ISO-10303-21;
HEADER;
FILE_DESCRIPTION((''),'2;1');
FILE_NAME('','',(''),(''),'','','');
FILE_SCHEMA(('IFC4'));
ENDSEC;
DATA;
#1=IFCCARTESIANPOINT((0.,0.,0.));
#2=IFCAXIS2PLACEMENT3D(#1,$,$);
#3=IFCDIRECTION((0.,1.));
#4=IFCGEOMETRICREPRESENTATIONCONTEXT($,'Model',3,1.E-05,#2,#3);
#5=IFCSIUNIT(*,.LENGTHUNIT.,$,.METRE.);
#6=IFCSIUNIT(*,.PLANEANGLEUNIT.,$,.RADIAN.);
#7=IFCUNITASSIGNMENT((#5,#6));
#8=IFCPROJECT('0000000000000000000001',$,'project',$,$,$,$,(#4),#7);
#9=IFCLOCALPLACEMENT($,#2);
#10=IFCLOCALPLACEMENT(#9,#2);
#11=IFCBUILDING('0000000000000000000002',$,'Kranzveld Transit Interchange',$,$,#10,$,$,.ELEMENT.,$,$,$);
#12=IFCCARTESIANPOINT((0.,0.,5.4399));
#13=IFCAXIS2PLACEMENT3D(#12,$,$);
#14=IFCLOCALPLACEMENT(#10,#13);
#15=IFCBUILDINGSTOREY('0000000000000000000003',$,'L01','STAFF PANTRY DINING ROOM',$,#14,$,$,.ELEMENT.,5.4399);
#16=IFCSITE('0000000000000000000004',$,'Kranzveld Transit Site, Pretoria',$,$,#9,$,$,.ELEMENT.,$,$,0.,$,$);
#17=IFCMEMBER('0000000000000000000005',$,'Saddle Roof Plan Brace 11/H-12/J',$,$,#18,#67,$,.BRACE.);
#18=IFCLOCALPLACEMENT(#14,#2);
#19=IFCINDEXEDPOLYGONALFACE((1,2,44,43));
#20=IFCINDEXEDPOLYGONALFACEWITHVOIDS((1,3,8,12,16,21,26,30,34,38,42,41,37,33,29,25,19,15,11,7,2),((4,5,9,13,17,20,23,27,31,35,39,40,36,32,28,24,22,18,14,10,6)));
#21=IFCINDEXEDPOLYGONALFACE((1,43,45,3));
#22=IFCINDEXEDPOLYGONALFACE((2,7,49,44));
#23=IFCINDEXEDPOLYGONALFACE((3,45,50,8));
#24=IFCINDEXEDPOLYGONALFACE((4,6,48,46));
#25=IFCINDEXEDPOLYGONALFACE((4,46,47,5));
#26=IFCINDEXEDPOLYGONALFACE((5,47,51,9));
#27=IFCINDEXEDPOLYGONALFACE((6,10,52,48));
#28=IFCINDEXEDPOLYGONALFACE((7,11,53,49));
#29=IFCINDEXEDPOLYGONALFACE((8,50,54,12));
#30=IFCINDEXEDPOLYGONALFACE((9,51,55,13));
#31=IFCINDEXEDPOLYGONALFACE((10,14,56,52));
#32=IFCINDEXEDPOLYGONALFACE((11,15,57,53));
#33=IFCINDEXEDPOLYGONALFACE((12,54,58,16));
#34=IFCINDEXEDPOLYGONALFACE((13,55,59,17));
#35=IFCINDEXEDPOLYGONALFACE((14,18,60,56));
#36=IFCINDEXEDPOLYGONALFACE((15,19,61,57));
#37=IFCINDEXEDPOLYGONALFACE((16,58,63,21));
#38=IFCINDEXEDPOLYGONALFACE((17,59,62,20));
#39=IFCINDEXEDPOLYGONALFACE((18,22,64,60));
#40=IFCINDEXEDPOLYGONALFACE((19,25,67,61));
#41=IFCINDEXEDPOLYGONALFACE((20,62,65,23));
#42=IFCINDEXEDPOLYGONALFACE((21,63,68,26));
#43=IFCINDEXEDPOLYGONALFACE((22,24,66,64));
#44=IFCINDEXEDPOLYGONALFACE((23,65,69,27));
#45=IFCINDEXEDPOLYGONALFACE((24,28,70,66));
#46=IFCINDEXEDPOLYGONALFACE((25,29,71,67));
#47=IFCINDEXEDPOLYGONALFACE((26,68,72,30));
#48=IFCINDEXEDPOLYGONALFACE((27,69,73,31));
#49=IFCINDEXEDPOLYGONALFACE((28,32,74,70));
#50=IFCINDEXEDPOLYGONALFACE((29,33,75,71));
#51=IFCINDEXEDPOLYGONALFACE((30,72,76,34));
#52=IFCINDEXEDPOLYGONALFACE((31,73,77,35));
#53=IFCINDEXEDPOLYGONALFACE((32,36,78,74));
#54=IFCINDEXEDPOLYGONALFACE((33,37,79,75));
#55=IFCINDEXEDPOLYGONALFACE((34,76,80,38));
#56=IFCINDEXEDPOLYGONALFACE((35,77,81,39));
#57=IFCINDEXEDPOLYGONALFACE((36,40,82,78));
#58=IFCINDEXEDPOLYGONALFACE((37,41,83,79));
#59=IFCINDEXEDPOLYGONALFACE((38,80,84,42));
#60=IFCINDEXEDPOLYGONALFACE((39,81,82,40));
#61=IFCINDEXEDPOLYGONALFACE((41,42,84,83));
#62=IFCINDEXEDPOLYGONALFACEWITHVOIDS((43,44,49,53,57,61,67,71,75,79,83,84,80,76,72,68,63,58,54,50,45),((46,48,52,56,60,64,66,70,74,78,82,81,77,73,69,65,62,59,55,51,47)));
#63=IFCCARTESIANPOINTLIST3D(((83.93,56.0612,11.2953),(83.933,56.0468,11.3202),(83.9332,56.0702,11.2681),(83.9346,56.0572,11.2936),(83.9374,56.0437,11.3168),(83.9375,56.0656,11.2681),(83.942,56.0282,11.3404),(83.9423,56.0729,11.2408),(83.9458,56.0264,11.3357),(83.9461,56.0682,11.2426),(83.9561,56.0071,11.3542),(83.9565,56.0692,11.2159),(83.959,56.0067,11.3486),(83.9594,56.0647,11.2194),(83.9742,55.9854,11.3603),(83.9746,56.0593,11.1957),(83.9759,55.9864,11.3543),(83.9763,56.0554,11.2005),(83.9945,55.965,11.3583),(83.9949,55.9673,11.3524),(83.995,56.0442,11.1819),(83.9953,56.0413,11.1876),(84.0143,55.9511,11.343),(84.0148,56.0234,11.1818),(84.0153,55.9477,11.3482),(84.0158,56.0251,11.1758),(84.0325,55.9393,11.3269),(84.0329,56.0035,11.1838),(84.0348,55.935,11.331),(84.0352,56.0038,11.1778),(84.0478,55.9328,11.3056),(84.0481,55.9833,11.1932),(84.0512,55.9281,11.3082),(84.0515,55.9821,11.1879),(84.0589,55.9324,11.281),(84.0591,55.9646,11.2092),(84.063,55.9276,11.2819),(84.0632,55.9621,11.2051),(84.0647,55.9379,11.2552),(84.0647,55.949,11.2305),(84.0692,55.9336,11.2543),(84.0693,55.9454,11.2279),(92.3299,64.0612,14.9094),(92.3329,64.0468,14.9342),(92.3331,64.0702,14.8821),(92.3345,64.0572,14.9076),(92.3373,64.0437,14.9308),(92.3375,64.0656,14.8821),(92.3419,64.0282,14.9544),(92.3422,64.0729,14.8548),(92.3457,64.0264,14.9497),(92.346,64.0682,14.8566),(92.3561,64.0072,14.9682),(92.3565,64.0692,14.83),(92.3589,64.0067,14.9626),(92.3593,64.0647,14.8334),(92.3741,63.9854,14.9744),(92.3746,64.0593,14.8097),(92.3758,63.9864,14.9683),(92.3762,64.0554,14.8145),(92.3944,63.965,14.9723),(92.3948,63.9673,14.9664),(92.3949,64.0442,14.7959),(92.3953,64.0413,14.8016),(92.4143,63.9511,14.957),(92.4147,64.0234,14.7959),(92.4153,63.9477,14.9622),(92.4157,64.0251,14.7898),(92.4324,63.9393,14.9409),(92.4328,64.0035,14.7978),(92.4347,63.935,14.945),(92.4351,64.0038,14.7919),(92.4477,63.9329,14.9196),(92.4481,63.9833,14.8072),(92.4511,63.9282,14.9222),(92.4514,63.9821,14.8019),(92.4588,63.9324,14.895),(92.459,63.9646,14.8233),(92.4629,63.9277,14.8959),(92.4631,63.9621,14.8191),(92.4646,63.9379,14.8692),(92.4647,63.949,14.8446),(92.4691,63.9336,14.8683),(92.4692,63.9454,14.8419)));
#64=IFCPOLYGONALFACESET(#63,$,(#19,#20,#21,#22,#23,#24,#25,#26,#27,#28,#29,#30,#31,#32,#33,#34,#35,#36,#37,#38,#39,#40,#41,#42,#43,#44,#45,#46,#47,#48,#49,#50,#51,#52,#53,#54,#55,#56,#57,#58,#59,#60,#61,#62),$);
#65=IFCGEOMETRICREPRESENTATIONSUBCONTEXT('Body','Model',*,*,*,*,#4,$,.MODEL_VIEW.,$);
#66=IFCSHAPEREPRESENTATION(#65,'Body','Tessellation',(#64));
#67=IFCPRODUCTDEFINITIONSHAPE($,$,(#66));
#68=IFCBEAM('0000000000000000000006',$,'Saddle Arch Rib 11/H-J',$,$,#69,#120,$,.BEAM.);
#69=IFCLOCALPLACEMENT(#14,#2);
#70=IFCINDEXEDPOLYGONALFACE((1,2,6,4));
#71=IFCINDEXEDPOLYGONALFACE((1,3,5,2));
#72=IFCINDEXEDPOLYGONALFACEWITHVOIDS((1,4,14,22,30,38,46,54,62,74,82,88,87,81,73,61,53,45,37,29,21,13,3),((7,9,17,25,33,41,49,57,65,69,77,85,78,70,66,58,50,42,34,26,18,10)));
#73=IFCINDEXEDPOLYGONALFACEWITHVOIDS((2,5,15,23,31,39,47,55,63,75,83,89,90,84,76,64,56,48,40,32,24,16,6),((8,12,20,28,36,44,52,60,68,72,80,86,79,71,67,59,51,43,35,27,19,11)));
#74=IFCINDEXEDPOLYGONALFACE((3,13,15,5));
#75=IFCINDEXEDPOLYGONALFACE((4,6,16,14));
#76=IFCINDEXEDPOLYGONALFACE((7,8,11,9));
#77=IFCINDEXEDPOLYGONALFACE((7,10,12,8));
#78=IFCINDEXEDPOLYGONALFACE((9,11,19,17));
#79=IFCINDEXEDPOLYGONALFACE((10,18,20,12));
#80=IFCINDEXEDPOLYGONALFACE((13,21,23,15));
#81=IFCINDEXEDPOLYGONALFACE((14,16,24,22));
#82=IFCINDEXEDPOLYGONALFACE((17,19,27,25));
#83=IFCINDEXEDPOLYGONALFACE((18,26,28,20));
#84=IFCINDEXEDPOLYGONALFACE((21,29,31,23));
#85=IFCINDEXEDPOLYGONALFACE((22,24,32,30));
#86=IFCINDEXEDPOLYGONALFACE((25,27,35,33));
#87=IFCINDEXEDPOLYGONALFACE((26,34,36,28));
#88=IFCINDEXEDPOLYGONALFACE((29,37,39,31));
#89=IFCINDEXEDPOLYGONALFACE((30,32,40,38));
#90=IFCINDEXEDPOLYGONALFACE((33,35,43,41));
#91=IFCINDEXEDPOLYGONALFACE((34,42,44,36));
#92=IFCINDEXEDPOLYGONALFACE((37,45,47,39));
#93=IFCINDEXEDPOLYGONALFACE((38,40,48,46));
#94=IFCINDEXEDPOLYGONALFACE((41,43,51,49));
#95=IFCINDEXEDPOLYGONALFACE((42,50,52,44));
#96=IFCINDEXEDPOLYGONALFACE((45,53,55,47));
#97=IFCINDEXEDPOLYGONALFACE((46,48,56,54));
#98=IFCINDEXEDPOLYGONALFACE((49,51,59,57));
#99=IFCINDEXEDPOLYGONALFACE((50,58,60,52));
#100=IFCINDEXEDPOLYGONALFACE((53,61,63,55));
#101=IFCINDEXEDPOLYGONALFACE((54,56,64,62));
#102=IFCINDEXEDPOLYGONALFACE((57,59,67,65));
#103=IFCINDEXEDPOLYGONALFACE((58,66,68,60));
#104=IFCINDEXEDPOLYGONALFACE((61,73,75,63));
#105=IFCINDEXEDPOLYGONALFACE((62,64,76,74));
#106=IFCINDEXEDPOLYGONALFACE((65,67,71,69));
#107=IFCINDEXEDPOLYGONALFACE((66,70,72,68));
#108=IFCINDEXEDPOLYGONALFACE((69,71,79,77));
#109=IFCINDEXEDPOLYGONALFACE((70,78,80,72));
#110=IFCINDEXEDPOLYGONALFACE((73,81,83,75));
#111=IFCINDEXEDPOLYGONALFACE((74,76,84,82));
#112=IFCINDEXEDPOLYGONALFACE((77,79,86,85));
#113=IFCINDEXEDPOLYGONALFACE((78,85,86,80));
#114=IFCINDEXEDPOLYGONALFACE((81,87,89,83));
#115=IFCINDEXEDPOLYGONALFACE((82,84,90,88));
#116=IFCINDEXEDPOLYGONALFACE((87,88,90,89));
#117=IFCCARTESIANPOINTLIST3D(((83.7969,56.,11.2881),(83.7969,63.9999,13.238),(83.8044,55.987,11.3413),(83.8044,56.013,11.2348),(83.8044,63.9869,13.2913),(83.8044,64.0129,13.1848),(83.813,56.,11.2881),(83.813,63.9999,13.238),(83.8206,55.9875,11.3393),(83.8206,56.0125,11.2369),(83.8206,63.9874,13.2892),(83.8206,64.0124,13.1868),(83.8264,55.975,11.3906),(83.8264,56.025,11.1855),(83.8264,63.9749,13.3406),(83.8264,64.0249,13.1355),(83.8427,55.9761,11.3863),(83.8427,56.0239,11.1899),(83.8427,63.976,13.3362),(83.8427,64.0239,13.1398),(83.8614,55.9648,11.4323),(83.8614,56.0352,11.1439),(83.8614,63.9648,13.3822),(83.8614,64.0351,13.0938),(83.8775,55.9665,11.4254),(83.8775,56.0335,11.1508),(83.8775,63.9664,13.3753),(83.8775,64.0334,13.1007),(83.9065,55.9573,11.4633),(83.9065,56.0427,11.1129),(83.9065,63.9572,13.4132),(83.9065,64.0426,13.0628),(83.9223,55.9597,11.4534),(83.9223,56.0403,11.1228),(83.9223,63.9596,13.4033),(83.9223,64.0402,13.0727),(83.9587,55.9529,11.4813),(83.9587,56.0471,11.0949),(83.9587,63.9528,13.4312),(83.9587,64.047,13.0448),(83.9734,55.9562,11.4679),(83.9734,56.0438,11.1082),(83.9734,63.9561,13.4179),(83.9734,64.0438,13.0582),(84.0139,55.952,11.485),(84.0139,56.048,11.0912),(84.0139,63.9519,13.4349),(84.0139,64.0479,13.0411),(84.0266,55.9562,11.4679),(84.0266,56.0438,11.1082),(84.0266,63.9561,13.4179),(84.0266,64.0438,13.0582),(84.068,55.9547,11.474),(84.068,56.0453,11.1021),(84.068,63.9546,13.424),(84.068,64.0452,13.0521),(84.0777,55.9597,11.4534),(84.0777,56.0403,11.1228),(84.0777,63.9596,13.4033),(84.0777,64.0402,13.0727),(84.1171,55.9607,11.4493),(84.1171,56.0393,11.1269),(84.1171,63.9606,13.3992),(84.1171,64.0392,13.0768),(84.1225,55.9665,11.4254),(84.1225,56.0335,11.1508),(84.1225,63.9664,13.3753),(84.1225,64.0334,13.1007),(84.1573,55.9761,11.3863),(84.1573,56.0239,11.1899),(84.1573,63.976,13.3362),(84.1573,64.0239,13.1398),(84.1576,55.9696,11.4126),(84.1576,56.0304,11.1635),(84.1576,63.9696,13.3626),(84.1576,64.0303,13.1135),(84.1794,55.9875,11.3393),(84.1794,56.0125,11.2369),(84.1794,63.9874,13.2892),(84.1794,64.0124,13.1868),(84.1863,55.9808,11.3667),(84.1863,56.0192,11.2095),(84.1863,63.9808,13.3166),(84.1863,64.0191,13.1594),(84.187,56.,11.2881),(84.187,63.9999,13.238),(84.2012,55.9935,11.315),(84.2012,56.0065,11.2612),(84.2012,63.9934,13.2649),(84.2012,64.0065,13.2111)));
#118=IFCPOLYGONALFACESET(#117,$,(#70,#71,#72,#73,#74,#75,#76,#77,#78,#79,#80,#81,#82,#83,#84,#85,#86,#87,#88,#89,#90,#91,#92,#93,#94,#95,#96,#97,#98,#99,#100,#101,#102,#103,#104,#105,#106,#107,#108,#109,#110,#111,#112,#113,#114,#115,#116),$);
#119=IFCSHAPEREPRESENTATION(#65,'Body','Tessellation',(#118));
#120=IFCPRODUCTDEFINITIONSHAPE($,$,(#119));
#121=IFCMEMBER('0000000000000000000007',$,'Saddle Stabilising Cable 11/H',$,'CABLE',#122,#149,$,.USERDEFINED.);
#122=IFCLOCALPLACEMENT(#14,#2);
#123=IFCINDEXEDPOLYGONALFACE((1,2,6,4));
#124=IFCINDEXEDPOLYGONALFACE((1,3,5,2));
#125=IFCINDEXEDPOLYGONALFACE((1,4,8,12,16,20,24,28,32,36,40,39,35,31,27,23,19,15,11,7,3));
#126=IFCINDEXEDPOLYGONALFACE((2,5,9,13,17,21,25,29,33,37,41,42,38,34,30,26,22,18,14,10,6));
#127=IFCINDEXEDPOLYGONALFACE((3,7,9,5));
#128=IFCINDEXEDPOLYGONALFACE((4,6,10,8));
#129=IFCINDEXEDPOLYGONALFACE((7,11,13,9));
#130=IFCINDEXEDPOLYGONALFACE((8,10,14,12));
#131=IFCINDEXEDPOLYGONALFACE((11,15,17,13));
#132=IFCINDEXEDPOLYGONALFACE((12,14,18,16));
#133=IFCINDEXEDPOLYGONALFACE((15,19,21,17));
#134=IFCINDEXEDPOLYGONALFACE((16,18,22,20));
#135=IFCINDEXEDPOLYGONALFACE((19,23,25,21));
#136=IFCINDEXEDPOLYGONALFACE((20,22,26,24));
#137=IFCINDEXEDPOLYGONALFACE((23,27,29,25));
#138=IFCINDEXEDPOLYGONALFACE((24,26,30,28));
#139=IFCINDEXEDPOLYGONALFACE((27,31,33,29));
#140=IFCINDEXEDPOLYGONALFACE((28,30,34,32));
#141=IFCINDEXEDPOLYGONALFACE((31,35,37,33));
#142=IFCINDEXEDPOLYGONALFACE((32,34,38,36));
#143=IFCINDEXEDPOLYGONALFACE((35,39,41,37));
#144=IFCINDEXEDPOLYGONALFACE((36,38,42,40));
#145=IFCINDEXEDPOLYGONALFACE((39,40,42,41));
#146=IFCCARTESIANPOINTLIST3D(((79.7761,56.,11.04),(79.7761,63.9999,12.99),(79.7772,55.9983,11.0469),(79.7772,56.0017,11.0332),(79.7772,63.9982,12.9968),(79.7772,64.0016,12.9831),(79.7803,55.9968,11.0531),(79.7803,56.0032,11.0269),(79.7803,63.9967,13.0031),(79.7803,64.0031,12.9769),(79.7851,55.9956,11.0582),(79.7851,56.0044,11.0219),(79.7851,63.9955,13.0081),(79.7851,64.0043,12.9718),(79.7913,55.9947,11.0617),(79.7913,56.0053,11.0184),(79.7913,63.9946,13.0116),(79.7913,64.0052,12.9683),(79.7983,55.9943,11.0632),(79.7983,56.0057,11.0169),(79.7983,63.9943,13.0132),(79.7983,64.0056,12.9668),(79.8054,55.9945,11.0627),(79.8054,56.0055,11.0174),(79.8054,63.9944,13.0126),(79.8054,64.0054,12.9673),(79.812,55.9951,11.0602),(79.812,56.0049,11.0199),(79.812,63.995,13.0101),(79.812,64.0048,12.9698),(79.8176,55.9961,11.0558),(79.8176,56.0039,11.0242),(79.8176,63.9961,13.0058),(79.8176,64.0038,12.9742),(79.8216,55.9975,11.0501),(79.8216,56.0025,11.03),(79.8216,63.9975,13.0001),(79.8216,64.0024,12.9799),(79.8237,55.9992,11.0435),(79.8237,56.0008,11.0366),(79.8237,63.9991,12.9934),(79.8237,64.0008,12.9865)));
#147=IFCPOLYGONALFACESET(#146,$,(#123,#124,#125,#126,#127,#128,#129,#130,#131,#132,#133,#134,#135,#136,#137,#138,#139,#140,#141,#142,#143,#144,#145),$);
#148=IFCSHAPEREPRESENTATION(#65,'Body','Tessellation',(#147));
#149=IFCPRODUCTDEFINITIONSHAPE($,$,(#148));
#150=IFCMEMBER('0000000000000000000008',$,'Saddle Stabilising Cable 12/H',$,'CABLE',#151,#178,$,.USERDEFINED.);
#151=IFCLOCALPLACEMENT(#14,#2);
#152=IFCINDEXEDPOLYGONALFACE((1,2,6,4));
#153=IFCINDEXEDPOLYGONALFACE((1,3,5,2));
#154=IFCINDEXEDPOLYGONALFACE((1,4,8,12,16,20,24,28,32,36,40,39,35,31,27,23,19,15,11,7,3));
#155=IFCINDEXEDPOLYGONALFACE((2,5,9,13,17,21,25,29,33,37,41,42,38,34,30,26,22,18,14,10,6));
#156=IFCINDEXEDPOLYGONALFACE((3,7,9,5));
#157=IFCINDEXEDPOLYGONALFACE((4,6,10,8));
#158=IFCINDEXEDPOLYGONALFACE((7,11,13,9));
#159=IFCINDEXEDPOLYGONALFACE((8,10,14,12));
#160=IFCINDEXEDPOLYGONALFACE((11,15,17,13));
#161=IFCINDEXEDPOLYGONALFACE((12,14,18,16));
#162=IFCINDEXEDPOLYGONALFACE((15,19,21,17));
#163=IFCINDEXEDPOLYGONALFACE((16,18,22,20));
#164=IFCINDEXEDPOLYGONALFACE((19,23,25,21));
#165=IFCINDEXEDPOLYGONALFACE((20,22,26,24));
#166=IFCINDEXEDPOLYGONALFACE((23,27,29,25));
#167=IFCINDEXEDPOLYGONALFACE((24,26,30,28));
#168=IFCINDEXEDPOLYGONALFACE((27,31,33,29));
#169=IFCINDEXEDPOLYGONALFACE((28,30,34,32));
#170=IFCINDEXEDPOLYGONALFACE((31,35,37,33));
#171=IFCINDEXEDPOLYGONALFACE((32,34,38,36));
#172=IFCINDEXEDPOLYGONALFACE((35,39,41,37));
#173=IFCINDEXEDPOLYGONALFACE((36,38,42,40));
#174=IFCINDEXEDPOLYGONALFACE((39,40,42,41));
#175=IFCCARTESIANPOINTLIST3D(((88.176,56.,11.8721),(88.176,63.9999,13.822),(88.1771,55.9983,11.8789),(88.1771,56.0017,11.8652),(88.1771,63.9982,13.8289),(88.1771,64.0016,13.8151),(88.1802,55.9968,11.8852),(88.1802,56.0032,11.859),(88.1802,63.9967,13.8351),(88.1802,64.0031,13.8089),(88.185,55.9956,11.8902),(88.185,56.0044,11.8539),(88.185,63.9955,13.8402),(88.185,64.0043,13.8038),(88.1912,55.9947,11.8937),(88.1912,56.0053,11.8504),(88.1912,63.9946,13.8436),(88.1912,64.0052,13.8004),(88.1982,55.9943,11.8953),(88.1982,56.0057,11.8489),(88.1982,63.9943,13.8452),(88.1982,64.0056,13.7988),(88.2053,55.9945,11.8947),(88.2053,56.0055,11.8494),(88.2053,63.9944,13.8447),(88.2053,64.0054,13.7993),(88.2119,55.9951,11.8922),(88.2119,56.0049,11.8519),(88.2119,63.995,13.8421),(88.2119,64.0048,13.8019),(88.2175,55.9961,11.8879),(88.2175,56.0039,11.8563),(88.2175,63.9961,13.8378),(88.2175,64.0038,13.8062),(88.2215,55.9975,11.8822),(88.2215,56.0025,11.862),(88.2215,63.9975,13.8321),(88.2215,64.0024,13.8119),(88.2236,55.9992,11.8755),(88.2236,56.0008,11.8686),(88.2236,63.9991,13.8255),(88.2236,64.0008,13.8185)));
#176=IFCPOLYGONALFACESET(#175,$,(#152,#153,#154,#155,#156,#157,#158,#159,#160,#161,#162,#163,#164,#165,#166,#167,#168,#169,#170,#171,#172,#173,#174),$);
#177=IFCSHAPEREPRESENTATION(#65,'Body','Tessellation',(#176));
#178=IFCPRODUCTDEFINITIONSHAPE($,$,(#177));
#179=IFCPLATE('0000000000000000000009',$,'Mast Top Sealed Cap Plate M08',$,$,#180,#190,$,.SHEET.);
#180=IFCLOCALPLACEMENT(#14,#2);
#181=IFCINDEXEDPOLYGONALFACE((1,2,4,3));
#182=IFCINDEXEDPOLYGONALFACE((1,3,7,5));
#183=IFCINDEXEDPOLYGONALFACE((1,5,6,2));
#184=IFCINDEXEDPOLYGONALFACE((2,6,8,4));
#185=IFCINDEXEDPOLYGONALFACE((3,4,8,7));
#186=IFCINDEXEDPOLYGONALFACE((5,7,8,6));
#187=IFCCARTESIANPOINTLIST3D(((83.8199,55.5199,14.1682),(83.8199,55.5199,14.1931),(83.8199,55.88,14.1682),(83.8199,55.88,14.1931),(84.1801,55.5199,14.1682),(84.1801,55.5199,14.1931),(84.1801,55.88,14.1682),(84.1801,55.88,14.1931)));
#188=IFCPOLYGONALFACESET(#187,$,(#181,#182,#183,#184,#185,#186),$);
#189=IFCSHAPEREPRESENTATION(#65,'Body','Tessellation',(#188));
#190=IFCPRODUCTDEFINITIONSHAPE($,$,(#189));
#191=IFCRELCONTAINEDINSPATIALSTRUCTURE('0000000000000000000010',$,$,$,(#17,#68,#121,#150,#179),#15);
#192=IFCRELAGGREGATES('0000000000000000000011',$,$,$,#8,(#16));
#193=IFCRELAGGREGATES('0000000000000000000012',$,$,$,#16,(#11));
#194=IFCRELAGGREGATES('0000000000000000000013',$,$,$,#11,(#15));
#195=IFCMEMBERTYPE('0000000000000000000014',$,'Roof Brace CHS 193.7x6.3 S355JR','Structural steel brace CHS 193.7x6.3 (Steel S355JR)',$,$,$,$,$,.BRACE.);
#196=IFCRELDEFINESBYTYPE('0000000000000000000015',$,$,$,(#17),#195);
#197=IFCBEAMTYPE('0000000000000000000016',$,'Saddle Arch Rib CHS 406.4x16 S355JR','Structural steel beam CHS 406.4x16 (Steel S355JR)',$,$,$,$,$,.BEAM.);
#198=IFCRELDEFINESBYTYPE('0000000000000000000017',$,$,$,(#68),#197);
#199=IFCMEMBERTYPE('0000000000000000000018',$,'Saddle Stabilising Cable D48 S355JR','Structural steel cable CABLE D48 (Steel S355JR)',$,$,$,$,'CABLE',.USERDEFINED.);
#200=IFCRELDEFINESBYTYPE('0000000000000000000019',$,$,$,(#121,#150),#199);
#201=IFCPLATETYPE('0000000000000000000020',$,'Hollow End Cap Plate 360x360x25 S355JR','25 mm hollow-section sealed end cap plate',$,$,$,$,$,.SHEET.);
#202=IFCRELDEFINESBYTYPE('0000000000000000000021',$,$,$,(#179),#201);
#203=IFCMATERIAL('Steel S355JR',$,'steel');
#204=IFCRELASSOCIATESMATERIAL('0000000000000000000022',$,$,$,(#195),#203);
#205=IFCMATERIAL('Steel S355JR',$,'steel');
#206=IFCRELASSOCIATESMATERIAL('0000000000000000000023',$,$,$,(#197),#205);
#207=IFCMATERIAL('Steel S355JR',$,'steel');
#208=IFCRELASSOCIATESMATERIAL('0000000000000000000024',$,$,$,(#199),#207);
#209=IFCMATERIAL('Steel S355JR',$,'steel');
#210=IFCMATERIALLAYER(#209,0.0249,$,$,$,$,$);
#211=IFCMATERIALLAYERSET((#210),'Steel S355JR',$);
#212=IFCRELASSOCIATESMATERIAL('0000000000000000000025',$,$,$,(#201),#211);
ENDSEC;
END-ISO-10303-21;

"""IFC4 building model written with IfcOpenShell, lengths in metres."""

from ifc_helpers import new_model, si_unit, direction, frame, origin, origin_2d, place, context, subcontext, project, spatial, rectangle, circle, hollow_circle, extrude, material, layer, layer_set, material_profile, profile_set, type_object, element, save


model = new_model("IFC4")

# Units and contexts
model_context = context("Model", 3, precision=1e-05, world=origin(), true_north=direction((0.0, 1.0)))
body_context = subcontext(model_context, "Body", "Model", "MODEL_VIEW")
ifc_project = project(units=[si_unit("LENGTHUNIT", "METRE"), si_unit("PLANEANGLEUNIT", "RADIAN")], contexts=[model_context])

# Site, building, storey
site_placement = place(None, origin())
site = spatial("IfcSite", under=ifc_project, at=site_placement, Name="Kranzveld Transit Site, Pretoria", CompositionType="ELEMENT", RefElevation=0.0)
building_placement = place(site_placement, origin())
building = spatial("IfcBuilding", under=site, at=building_placement, Name="Kranzveld Transit Interchange", CompositionType="ELEMENT")
storey_placement = place(building_placement, frame((0.0, 0.0, 5.4399)))
storey = spatial("IfcBuildingStorey", under=building, at=storey_placement, Name="L01", Description="STAFF PANTRY DINING ROOM", CompositionType="ELEMENT", Elevation=5.4399)

# Member
ifc_material_1 = material(Name="Steel S355JR", Category="steel")
ifc_material_profile_1 = material_profile(ifc_material_1, hollow_circle(Radius=0.0969, WallThickness=0.0063, at=origin_2d()), Name="CHS 193.7x6.3")
ifc_profile_set_1 = profile_set([ifc_material_profile_1], Name="Steel S355JR")
member_type_1 = type_object("IfcMemberType", Name="Roof Brace CHS 193.7x6.3 S355JR", Description="Structural steel brace CHS 193.7x6.3 (Steel S355JR)", PredefinedType="BRACE", material=ifc_profile_set_1)
member_placement = place(storey_placement, frame((84.0, 56.0, 11.2681), z_axis=(0.691357, 0.658443, 0.297453), x_axis=(-0.689659, 0.724134, 0.0)))
element("IfcMember", 1, at=member_placement, inside=storey, type_object=member_type_1, Name="Saddle Roof Plan Brace 11/H-12/J", PredefinedType="BRACE", context=body_context, shape_type="SweptSolid", body=[
    extrude(hollow_circle(Radius=0.0969, WallThickness=0.0063, at=origin_2d()), origin(), (0.0, 0.0, 1.0), 12.1499),
])

# Beam
ifc_material_2 = material(Name="Steel S355JR", Category="steel")
ifc_material_profile_2 = material_profile(ifc_material_2, hollow_circle(Radius=0.2031, WallThickness=0.0161, at=origin_2d()), Name="CHS 406.4x16")
ifc_profile_set_2 = profile_set([ifc_material_profile_2], Name="Steel S355JR")
beam_type_1 = type_object("IfcBeamType", Name="Saddle Arch Rib CHS 406.4x16 S355JR", Description="Structural steel beam CHS 406.4x16 (Steel S355JR)", PredefinedType="BEAM", material=ifc_profile_set_2)
beam_1_placement = place(storey_placement, frame((84.0, 56.0, 11.2881), z_axis=(0.0, 0.971556, 0.236811), x_axis=(-1.0, 0.0, 0.0)))
element("IfcBeam", 2, at=beam_1_placement, inside=storey, type_object=beam_type_1, Name="Saddle Arch Rib 11/H-J", PredefinedType="BEAM", context=body_context, shape_type="SweptSolid", body=[
    extrude(hollow_circle(Radius=0.2031, WallThickness=0.0161, at=origin_2d()), origin(), (0.0, 0.0, 1.0), 8.2341),
])

# Members
ifc_material_3 = material(Name="Steel S355JR", Category="steel")
ifc_material_profile_3 = material_profile(ifc_material_3, circle(Radius=0.0239, at=origin_2d()), Name="CABLE D48")
ifc_profile_set_3 = profile_set([ifc_material_profile_3], Name="Steel S355JR")
member_type_2 = type_object("IfcMemberType", Name="Saddle Stabilising Cable D48 S355JR", Description="Structural steel cable CABLE D48 (Steel S355JR)", ElementType="CABLE", PredefinedType="USERDEFINED", material=ifc_profile_set_3)
for number, where, z_axis, x_axis, name in (
    (3, (79.8, 56.0, 11.04), (0.0, 0.971556, 0.236811), (-1.0, 0.0, 0.0), "Saddle Stabilising Cable 11/H"),
    (4, (88.2, 56.0, 11.8721), (0.0, 0.971556, 0.236811), (-1.0, 0.0, 0.0), "Saddle Stabilising Cable 12/H"),
):
    element("IfcMember", number, at=place(storey_placement, frame(where, z_axis=z_axis, x_axis=x_axis)), inside=storey, type_object=member_type_2, Name=name, ObjectType="CABLE", PredefinedType="USERDEFINED", context=body_context, shape_type="SweptSolid", body=[
        extrude(circle(Radius=0.0239, at=origin_2d()), origin(), (0.0, 0.0, 1.0), 8.2341),
    ])

# Plate
ifc_material_4 = material(Name="Steel S355JR", Category="steel")
ifc_layer_1 = layer(ifc_material_4, 0.0249)
ifc_layer_set_1 = layer_set([ifc_layer_1], Name="Steel S355JR")
plate_type_1 = type_object("IfcPlateType", Name="Hollow End Cap Plate 360x360x25 S355JR", Description="25 mm hollow-section sealed end cap plate", PredefinedType="SHEET", material=ifc_layer_set_1)
plate_1_placement = place(storey_placement, frame((84.0, 55.7, 14.1682), z_axis=(0.0, 0.0, 1.0), x_axis=(1.0, 0.0, 0.0)))
element("IfcPlate", 5, at=plate_1_placement, inside=storey, type_object=plate_type_1, Name="Mast Top Sealed Cap Plate M08", PredefinedType="SHEET", context=body_context, shape_type="SweptSolid", body=[
    extrude(rectangle(XDim=0.3601, YDim=0.3601, at=origin_2d()), origin(), (0.0, 0.0, 1.0), 0.0249),
])

save(model, "model.ifc")
